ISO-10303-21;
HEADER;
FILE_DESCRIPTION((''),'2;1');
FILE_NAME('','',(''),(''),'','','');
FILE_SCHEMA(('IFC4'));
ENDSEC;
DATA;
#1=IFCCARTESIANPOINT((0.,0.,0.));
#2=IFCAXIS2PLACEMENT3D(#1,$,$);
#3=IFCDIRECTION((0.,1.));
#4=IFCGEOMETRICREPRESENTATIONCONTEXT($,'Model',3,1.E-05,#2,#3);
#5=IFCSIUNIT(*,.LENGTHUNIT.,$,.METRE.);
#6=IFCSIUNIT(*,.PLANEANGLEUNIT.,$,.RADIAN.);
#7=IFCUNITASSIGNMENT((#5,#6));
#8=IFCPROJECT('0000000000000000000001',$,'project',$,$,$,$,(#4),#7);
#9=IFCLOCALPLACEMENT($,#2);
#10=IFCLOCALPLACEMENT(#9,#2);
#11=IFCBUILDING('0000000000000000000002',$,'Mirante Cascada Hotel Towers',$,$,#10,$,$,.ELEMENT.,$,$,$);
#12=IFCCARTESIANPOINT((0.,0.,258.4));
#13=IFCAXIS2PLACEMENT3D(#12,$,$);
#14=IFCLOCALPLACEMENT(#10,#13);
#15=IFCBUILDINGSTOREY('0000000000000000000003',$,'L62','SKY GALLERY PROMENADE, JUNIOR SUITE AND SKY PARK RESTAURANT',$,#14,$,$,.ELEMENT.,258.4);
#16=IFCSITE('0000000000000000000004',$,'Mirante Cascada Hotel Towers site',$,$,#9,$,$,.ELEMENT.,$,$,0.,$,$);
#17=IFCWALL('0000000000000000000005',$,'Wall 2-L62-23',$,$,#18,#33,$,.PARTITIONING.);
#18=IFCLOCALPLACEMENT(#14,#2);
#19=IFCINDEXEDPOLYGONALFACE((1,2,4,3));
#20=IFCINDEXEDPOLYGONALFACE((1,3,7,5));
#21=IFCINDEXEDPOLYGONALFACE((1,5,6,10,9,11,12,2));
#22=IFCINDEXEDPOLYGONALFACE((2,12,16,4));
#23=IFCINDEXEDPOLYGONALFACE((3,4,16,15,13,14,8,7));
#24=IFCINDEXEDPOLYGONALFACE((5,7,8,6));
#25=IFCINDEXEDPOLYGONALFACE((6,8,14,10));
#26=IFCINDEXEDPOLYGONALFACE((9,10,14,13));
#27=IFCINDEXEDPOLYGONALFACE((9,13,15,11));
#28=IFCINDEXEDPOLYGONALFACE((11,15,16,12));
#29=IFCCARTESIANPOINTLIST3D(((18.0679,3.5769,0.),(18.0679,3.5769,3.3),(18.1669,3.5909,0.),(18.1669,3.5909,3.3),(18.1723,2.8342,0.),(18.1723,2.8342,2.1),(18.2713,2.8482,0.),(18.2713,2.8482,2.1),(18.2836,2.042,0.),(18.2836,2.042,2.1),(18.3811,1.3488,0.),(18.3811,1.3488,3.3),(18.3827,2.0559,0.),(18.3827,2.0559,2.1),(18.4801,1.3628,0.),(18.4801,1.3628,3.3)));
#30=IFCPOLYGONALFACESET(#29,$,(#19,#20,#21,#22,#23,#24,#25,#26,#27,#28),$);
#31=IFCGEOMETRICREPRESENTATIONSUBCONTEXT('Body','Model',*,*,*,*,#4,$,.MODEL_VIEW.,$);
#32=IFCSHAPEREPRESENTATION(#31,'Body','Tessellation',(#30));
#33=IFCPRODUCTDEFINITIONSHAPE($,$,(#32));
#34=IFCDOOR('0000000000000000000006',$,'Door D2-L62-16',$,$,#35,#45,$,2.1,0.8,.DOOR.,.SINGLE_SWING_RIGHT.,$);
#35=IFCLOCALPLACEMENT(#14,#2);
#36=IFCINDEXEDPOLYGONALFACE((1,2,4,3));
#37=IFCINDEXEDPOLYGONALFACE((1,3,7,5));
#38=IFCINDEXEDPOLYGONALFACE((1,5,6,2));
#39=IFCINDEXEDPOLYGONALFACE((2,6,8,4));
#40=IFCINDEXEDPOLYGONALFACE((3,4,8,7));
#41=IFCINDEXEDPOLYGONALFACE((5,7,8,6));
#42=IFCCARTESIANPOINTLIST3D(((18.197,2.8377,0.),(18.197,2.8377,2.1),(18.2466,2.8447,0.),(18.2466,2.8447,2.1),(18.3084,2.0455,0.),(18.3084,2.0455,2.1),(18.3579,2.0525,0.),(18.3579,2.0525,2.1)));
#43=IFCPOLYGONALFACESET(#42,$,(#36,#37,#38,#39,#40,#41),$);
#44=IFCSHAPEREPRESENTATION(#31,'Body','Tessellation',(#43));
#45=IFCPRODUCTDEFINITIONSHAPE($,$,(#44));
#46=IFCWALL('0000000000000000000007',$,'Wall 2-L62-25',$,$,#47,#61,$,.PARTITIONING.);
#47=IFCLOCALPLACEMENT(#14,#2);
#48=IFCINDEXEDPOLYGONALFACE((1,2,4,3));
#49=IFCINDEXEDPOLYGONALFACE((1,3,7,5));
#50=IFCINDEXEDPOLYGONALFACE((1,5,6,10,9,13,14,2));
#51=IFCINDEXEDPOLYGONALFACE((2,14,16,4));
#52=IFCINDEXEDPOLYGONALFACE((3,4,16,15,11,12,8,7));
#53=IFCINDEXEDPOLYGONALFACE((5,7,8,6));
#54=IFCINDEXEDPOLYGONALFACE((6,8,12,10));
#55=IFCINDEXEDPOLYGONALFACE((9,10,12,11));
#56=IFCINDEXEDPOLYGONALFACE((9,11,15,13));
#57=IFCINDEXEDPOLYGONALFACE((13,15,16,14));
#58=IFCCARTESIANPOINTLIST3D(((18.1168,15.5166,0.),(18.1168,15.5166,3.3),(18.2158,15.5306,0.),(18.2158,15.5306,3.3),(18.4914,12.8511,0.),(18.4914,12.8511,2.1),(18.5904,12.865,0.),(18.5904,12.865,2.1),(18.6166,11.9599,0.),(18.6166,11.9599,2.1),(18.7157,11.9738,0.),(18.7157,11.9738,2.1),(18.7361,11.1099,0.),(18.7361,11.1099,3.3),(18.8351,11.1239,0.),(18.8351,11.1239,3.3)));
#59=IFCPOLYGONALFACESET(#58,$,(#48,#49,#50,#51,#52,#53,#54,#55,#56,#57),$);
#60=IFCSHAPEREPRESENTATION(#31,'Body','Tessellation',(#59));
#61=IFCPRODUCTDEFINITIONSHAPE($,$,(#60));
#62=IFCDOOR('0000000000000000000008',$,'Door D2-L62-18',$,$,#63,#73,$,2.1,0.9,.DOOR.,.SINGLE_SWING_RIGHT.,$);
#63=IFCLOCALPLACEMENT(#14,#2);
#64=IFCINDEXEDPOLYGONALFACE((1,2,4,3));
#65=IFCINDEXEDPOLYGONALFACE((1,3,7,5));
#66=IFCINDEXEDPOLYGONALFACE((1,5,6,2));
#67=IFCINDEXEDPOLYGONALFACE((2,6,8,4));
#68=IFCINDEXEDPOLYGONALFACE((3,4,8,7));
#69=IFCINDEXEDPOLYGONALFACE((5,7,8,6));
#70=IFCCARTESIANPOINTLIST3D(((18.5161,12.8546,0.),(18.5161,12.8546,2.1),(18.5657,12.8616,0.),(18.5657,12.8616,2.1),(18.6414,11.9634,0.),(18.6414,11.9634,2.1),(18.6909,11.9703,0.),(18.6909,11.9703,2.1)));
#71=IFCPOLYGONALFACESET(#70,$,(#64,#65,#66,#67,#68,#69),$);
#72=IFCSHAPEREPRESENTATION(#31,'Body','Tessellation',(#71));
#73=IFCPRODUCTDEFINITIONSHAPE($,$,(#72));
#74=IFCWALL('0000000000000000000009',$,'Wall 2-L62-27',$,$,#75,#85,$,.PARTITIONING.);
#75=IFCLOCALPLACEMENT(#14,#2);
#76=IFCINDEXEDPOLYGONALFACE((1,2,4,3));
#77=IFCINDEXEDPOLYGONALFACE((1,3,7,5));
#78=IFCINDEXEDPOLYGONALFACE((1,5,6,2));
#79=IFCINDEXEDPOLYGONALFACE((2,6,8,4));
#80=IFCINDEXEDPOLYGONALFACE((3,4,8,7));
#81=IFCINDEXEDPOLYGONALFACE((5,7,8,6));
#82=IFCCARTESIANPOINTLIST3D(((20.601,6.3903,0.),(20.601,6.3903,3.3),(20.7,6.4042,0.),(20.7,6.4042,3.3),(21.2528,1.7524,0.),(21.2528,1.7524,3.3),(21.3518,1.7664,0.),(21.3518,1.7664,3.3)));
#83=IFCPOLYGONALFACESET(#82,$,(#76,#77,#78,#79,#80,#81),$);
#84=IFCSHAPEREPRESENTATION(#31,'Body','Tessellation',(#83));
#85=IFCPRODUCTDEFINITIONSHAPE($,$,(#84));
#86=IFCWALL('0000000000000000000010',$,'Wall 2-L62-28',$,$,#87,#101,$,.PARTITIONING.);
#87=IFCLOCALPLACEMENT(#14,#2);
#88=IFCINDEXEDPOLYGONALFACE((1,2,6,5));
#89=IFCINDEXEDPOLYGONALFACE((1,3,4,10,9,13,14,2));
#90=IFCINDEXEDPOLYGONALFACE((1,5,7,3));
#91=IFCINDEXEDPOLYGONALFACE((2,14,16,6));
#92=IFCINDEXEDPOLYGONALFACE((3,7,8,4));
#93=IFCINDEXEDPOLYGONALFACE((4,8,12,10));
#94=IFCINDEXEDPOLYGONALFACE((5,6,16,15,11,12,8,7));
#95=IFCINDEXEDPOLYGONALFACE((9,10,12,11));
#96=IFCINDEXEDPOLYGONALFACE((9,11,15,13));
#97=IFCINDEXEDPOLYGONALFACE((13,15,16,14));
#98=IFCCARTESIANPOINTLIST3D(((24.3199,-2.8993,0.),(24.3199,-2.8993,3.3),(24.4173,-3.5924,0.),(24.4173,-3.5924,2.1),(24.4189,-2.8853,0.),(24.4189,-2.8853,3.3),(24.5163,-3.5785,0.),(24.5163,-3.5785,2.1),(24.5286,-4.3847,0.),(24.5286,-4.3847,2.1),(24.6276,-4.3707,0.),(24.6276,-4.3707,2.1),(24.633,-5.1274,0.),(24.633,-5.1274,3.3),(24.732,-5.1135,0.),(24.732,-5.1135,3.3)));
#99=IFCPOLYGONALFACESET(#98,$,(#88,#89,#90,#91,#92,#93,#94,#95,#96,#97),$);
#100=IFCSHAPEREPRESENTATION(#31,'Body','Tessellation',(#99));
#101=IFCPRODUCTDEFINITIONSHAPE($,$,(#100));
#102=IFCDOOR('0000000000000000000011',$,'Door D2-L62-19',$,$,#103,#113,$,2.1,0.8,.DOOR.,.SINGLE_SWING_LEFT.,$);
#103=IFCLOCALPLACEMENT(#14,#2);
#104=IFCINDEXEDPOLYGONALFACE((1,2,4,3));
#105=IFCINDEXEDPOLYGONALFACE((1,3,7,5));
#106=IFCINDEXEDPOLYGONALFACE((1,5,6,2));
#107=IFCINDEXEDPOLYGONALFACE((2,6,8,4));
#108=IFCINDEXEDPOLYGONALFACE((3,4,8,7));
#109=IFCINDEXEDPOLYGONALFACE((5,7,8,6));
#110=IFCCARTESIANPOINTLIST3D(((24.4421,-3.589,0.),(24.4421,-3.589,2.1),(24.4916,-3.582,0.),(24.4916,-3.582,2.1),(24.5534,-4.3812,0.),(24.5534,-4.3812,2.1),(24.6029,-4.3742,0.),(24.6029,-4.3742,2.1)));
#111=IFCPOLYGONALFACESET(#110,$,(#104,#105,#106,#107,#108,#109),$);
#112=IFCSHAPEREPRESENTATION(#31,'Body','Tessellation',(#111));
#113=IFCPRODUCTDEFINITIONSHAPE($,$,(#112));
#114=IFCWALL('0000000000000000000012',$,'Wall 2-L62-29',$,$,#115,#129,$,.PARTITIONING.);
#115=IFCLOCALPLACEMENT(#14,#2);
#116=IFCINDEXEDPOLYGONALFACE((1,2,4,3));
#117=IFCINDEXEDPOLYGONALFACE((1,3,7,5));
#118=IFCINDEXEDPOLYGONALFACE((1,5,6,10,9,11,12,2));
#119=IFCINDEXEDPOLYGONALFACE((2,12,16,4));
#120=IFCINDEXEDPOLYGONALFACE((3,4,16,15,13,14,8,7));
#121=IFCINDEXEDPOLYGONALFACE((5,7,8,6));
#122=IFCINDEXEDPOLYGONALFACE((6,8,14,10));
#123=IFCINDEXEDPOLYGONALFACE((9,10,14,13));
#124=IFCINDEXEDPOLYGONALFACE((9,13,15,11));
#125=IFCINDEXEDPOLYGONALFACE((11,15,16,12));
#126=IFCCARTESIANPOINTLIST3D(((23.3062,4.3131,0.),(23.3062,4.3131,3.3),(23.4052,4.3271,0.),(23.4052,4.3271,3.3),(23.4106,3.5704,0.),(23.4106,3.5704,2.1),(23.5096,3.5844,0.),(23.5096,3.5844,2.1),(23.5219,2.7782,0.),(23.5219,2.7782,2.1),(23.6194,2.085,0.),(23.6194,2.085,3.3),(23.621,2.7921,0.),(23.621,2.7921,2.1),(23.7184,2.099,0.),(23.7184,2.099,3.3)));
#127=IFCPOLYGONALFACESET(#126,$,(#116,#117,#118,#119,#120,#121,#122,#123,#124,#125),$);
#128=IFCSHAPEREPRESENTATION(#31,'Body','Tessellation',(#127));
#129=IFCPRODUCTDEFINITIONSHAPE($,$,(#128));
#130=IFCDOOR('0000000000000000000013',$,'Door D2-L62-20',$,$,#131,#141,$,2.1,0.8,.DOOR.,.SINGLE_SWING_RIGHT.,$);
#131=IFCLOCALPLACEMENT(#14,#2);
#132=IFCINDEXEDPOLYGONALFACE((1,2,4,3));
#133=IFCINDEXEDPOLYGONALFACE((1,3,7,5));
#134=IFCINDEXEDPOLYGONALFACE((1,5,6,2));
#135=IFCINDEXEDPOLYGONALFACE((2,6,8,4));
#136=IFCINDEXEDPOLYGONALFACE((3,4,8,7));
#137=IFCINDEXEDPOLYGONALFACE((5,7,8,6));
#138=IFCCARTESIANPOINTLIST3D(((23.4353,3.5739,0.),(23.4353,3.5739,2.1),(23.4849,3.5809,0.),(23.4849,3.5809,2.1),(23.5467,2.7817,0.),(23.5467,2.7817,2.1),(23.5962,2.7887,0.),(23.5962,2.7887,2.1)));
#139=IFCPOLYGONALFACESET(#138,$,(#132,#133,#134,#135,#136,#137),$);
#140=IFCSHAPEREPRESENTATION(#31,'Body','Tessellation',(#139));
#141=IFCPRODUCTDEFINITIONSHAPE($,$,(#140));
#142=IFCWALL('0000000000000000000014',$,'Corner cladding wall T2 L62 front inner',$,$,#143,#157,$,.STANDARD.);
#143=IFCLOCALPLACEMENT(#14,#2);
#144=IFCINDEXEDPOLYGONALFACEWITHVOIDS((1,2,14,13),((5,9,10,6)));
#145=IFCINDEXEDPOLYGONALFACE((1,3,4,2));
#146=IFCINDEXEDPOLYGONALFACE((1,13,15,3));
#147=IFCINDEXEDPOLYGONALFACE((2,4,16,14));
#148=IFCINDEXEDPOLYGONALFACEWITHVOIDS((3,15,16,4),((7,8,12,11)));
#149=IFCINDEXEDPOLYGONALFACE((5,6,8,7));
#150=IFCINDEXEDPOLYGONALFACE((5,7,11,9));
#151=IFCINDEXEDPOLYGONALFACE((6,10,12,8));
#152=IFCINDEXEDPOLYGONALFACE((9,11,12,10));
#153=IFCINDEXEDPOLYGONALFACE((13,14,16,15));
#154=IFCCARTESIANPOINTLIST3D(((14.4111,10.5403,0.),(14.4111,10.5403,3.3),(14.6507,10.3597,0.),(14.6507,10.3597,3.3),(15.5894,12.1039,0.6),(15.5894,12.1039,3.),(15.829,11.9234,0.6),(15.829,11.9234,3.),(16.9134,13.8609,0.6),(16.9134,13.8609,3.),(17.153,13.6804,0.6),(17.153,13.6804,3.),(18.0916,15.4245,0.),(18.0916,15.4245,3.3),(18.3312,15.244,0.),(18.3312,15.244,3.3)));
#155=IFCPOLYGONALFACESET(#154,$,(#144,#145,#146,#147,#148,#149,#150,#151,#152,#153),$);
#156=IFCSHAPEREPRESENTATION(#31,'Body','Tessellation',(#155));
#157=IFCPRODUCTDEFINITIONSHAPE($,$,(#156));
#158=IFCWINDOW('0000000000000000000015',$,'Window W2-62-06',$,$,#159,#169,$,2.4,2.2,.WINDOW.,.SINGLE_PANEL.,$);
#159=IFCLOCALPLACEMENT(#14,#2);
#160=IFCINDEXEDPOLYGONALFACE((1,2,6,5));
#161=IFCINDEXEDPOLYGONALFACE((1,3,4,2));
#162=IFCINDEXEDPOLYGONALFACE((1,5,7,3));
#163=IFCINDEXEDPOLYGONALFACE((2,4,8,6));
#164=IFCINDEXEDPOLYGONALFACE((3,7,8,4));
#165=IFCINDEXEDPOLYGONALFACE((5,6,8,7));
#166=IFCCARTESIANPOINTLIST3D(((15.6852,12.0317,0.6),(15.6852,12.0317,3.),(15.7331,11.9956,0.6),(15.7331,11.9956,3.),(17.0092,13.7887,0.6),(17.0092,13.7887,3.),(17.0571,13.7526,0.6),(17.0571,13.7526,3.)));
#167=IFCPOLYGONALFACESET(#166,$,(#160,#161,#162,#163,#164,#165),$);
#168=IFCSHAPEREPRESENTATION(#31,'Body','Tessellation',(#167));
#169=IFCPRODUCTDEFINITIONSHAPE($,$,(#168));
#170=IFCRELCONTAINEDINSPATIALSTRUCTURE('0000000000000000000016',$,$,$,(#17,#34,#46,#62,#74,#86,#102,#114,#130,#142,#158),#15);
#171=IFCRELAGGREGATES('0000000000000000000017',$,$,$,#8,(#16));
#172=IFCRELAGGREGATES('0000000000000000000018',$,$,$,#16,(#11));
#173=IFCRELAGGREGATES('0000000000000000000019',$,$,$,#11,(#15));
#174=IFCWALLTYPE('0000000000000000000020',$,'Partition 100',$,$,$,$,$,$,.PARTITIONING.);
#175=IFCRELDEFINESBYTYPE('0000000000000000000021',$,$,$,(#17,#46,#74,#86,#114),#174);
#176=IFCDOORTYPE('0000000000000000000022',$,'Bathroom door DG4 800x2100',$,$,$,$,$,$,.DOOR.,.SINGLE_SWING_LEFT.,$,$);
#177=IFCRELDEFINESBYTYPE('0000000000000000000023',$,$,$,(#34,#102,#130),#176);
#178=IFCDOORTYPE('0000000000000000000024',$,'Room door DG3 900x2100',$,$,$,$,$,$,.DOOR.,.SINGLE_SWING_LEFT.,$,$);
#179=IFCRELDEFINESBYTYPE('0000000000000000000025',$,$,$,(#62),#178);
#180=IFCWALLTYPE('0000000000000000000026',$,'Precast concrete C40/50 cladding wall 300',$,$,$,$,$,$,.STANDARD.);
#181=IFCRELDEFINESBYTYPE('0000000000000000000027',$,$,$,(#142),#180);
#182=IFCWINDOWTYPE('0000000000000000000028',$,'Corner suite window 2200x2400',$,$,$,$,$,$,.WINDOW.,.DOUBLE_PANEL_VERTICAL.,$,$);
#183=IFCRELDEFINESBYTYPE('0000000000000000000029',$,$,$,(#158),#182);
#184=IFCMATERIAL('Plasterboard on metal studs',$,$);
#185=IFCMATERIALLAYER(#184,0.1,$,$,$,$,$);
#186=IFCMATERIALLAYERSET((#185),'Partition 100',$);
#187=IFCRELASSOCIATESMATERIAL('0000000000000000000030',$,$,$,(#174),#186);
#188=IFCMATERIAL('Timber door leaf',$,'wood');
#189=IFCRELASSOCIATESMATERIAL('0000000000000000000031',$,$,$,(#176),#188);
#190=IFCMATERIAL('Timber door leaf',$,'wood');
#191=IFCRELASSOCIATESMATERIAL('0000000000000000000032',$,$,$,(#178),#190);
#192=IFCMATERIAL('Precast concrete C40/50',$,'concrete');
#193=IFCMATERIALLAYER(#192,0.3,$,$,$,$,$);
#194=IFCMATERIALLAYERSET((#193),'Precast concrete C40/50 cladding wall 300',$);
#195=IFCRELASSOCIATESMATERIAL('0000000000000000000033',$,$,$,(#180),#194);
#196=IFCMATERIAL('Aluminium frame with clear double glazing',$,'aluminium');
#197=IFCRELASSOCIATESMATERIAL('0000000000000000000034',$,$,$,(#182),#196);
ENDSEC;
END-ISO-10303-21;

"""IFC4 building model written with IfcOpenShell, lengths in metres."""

from ifc_helpers import new_model, si_unit, direction, frame, frame_2d, origin, place, context, subcontext, project, spatial, rectangle, extrude, material, layer, layer_set, type_object, element, fill, save


model = new_model("IFC4")

# Units and contexts
model_context = context("Model", 3, precision=1e-05, world=origin(), true_north=direction((0.0, 1.0)))
body_context = subcontext(model_context, "Body", "Model", "MODEL_VIEW")
ifc_project = project(units=[si_unit("LENGTHUNIT", "METRE"), si_unit("PLANEANGLEUNIT", "RADIAN")], contexts=[model_context])

# Site, building, storey
site_placement = place(None, origin())
site = spatial("IfcSite", under=ifc_project, at=site_placement, Name="Mirante Cascada Hotel Towers site", CompositionType="ELEMENT", RefElevation=0.0)
building_placement = place(site_placement, origin())
building = spatial("IfcBuilding", under=site, at=building_placement, Name="Mirante Cascada Hotel Towers", CompositionType="ELEMENT")
storey_placement = place(building_placement, frame((0.0, 0.0, 258.4)))
storey = spatial("IfcBuildingStorey", under=building, at=storey_placement, Name="L62", Description="SKY GALLERY PROMENADE, JUNIOR SUITE AND SKY PARK RESTAURANT", CompositionType="ELEMENT", Elevation=258.4)

# Shared definitions
ifc_material_1 = material(Name="Plasterboard on metal studs")
ifc_layer_1 = layer(ifc_material_1, 0.1)
ifc_layer_set_1 = layer_set([ifc_layer_1], Name="Partition 100")
wall_type_1 = type_object("IfcWallType", Name="Partition 100", PredefinedType="PARTITIONING", material=ifc_layer_set_1)

# Walls, openings, doors
wall_1_placement = place(storey_placement, frame((18.4306, 1.3558, 0.0), z_axis=(0.0, 0.0, 1.0), x_axis=(-0.1392, 0.990264, 0.0)))
wall_1 = element("IfcWall", 1, at=wall_1_placement, inside=storey, type_object=wall_type_1, Name="Wall 2-L62-23", PredefinedType="PARTITIONING", context=body_context, shape_type="SweptSolid", body=[
    extrude(rectangle(XDim=2.25, YDim=0.1, at=frame_2d((1.125, 0.0))), origin(), (0.0, 0.0, 1.0), 3.3),
])
opening_1_placement = place(wall_1_placement, frame((0.7, 0.0, 0.0)))
opening_1 = element("IfcOpeningElement", 2, at=opening_1_placement, cuts=wall_1, PredefinedType="OPENING", context=body_context, shape_type="SweptSolid", body=[
    extrude(rectangle(XDim=0.8, YDim=2.1, at=frame_2d((0.4, 1.05))), frame((0.0, 0.05, 0.0), z_axis=(0.0, -1.0, 0.0), x_axis=(1.0, 0.0, 0.0)), (0.0, 0.0, 1.0), 0.1),
])
ifc_material_2 = material(Name="Timber door leaf", Category="wood")
door_type_1 = type_object("IfcDoorType", Name="Bathroom door DG4 800x2100", OperationType="SINGLE_SWING_LEFT", PredefinedType="DOOR", material=ifc_material_2)
door_1_placement = place(opening_1_placement, frame((0.8, 0.0, 0.0), z_axis=(0.0, 0.0, 1.0), x_axis=(-1.0, 0.0, 0.0)))
door_1 = element("IfcDoor", 3, at=door_1_placement, inside=storey, type_object=door_type_1, Name="Door D2-L62-16", OperationType="SINGLE_SWING_RIGHT", OverallHeight=2.1, OverallWidth=0.8, PredefinedType="DOOR", context=body_context, shape_type="SweptSolid", body=[
    extrude(rectangle(XDim=0.8, YDim=2.1, at=frame_2d((0.4, 1.05))), frame((0.0, 0.025, 0.0), z_axis=(0.0, -1.0, 0.0), x_axis=(1.0, 0.0, 0.0)), (0.0, 0.0, 1.0), 0.05),
])
fill(opening_1, door_1)
wall_2_placement = place(storey_placement, frame((18.7856, 11.1169, 0.0), z_axis=(0.0, 0.0, 1.0), x_axis=(-0.139168, 0.990269, 0.0)))
wall_2 = element("IfcWall", 4, at=wall_2_placement, inside=storey, type_object=wall_type_1, Name="Wall 2-L62-25", PredefinedType="PARTITIONING", context=body_context, shape_type="SweptSolid", body=[
    extrude(rectangle(XDim=4.45, YDim=0.1, at=frame_2d((2.225, 0.0))), origin(), (0.0, 0.0, 1.0), 3.3),
])
opening_2_placement = place(wall_2_placement, frame((0.8583, 0.0, 0.0)))
opening_2 = element("IfcOpeningElement", 5, at=opening_2_placement, cuts=wall_2, PredefinedType="OPENING", context=body_context, shape_type="SweptSolid", body=[
    extrude(rectangle(XDim=0.9, YDim=2.1, at=frame_2d((0.45, 1.05))), frame((0.0, 0.05, 0.0), z_axis=(0.0, -1.0, 0.0), x_axis=(1.0, 0.0, 0.0)), (0.0, 0.0, 1.0), 0.1),
])
ifc_material_3 = material(Name="Timber door leaf", Category="wood")
door_type_2 = type_object("IfcDoorType", Name="Room door DG3 900x2100", OperationType="SINGLE_SWING_LEFT", PredefinedType="DOOR", material=ifc_material_3)
door_2_placement = place(opening_2_placement, frame((0.9, 0.0, 0.0), z_axis=(0.0, 0.0, 1.0), x_axis=(-1.0, 0.0, 0.0)))
door_2 = element("IfcDoor", 6, at=door_2_placement, inside=storey, type_object=door_type_2, Name="Door D2-L62-18", OperationType="SINGLE_SWING_RIGHT", OverallHeight=2.1, OverallWidth=0.9, PredefinedType="DOOR", context=body_context, shape_type="SweptSolid", body=[
    extrude(rectangle(XDim=0.9, YDim=2.1, at=frame_2d((0.45, 1.05))), frame((0.0, 0.025, 0.0), z_axis=(0.0, -1.0, 0.0), x_axis=(1.0, 0.0, 0.0)), (0.0, 0.0, 1.0), 0.05),
])
fill(opening_2, door_2)

# Wall
wall_3_placement = place(storey_placement, frame((21.3023, 1.7594, 0.0), z_axis=(0.0, 0.0, 1.0), x_axis=(-0.139173, 0.990268, 0.0)))
element("IfcWall", 7, at=wall_3_placement, inside=storey, type_object=wall_type_1, Name="Wall 2-L62-27", PredefinedType="PARTITIONING", context=body_context, shape_type="SweptSolid", body=[
    extrude(rectangle(XDim=4.6834, YDim=0.1, at=frame_2d((2.3417, 0.0))), origin(), (0.0, 0.0, 1.0), 3.3),
])

# Walls, openings, doors
wall_4_placement = place(storey_placement, frame((24.3694, -2.8923, 0.0), z_axis=(0.0, 0.0, 1.0), x_axis=(0.139156, -0.990271, 0.0)))
wall_4 = element("IfcWall", 8, at=wall_4_placement, inside=storey, type_object=wall_type_1, Name="Wall 2-L62-28", PredefinedType="PARTITIONING", context=body_context, shape_type="SweptSolid", body=[
    extrude(rectangle(XDim=2.25, YDim=0.1, at=frame_2d((1.125, 0.0))), origin(), (0.0, 0.0, 1.0), 3.3),
])
opening_3_placement = place(wall_4_placement, frame((0.7, 0.0, 0.0)))
opening_3 = element("IfcOpeningElement", 9, at=opening_3_placement, cuts=wall_4, PredefinedType="OPENING", context=body_context, shape_type="SweptSolid", body=[
    extrude(rectangle(XDim=0.8, YDim=2.1, at=frame_2d((0.4, 1.05))), frame((0.0, 0.05, 0.0), z_axis=(0.0, -1.0, 0.0), x_axis=(1.0, 0.0, 0.0)), (0.0, 0.0, 1.0), 0.1),
])
door_3_placement = place(opening_3_placement, origin())
door_3 = element("IfcDoor", 10, at=door_3_placement, inside=storey, type_object=door_type_1, Name="Door D2-L62-19", OperationType="SINGLE_SWING_LEFT", OverallHeight=2.1, OverallWidth=0.8, PredefinedType="DOOR", context=body_context, shape_type="SweptSolid", body=[
    extrude(rectangle(XDim=0.8, YDim=2.1, at=frame_2d((0.4, 1.05))), frame((0.0, 0.025, 0.0), z_axis=(0.0, -1.0, 0.0), x_axis=(1.0, 0.0, 0.0)), (0.0, 0.0, 1.0), 0.05),
])
fill(opening_3, door_3)
wall_5_placement = place(storey_placement, frame((23.6689, 2.092, 0.0), z_axis=(0.0, 0.0, 1.0), x_axis=(-0.1392, 0.990264, 0.0)))
wall_5 = element("IfcWall", 11, at=wall_5_placement, inside=storey, type_object=wall_type_1, Name="Wall 2-L62-29", PredefinedType="PARTITIONING", context=body_context, shape_type="SweptSolid", body=[
    extrude(rectangle(XDim=2.25, YDim=0.1, at=frame_2d((1.125, 0.0))), origin(), (0.0, 0.0, 1.0), 3.3),
])
opening_4_placement = place(wall_5_placement, frame((0.7, 0.0, 0.0)))
opening_4 = element("IfcOpeningElement", 12, at=opening_4_placement, cuts=wall_5, PredefinedType="OPENING", context=body_context, shape_type="SweptSolid", body=[
    extrude(rectangle(XDim=0.8, YDim=2.1, at=frame_2d((0.4, 1.05))), frame((0.0, 0.05, 0.0), z_axis=(0.0, -1.0, 0.0), x_axis=(1.0, 0.0, 0.0)), (0.0, 0.0, 1.0), 0.1),
])
door_4_placement = place(opening_4_placement, frame((0.8, 0.0, 0.0), z_axis=(0.0, 0.0, 1.0), x_axis=(-1.0, 0.0, 0.0)))
door_4 = element("IfcDoor", 13, at=door_4_placement, inside=storey, type_object=door_type_1, Name="Door D2-L62-20", OperationType="SINGLE_SWING_RIGHT", OverallHeight=2.1, OverallWidth=0.8, PredefinedType="DOOR", context=body_context, shape_type="SweptSolid", body=[
    extrude(rectangle(XDim=0.8, YDim=2.1, at=frame_2d((0.4, 1.05))), frame((0.0, 0.025, 0.0), z_axis=(0.0, -1.0, 0.0), x_axis=(1.0, 0.0, 0.0)), (0.0, 0.0, 1.0), 0.05),
])
fill(opening_4, door_4)

# Wall, opening, window
ifc_material_4 = material(Name="Precast concrete C40/50", Category="concrete")
ifc_layer_2 = layer(ifc_material_4, 0.3)
ifc_layer_set_2 = layer_set([ifc_layer_2], Name="Precast concrete C40/50 cladding wall 300")
wall_type_2 = type_object("IfcWallType", Name="Precast concrete C40/50 cladding wall 300", PredefinedType="STANDARD", material=ifc_layer_set_2)
wall_6_placement = place(storey_placement, frame((18.2114, 15.3342, 0.0), z_axis=(0.0, 0.0, 1.0), x_axis=(-0.601814, -0.798636, 0.0)))
wall_6 = element("IfcWall", 14, at=wall_6_placement, inside=storey, type_object=wall_type_2, Name="Corner cladding wall T2 L62 front inner", PredefinedType="STANDARD", context=body_context, shape_type="SweptSolid", body=[
    extrude(rectangle(XDim=6.1157, YDim=0.3, at=frame_2d((3.0578, 0.0))), origin(), (0.0, 0.0, 1.0), 3.3),
])
opening_5_placement = place(wall_6_placement, frame((1.9578, 0.0, 0.6)))
opening_5 = element("IfcOpeningElement", 15, at=opening_5_placement, cuts=wall_6, PredefinedType="OPENING", context=body_context, shape_type="SweptSolid", body=[
    extrude(rectangle(XDim=2.2, YDim=2.4, at=frame_2d((1.1, 1.2))), frame((0.0, 0.15, 0.0), z_axis=(0.0, -1.0, 0.0), x_axis=(1.0, 0.0, 0.0)), (0.0, 0.0, 1.0), 0.3),
])
ifc_material_5 = material(Name="Aluminium frame with clear double glazing", Category="aluminium")
window_type = type_object("IfcWindowType", Name="Corner suite window 2200x2400", PartitioningType="DOUBLE_PANEL_VERTICAL", PredefinedType="WINDOW", material=ifc_material_5)
window_placement = place(opening_5_placement, origin())
window = element("IfcWindow", 16, at=window_placement, inside=storey, type_object=window_type, Name="Window W2-62-06", OverallHeight=2.4, OverallWidth=2.2, PartitioningType="SINGLE_PANEL", PredefinedType="WINDOW", context=body_context, shape_type="SweptSolid", body=[
    extrude(rectangle(XDim=2.2, YDim=2.4, at=frame_2d((1.1, 1.2))), frame((0.0, 0.03, 0.0), z_axis=(0.0, -1.0, 0.0), x_axis=(1.0, 0.0, 0.0)), (0.0, 0.0, 1.0), 0.06),
])
fill(opening_5, window)

save(model, "model.ifc")
